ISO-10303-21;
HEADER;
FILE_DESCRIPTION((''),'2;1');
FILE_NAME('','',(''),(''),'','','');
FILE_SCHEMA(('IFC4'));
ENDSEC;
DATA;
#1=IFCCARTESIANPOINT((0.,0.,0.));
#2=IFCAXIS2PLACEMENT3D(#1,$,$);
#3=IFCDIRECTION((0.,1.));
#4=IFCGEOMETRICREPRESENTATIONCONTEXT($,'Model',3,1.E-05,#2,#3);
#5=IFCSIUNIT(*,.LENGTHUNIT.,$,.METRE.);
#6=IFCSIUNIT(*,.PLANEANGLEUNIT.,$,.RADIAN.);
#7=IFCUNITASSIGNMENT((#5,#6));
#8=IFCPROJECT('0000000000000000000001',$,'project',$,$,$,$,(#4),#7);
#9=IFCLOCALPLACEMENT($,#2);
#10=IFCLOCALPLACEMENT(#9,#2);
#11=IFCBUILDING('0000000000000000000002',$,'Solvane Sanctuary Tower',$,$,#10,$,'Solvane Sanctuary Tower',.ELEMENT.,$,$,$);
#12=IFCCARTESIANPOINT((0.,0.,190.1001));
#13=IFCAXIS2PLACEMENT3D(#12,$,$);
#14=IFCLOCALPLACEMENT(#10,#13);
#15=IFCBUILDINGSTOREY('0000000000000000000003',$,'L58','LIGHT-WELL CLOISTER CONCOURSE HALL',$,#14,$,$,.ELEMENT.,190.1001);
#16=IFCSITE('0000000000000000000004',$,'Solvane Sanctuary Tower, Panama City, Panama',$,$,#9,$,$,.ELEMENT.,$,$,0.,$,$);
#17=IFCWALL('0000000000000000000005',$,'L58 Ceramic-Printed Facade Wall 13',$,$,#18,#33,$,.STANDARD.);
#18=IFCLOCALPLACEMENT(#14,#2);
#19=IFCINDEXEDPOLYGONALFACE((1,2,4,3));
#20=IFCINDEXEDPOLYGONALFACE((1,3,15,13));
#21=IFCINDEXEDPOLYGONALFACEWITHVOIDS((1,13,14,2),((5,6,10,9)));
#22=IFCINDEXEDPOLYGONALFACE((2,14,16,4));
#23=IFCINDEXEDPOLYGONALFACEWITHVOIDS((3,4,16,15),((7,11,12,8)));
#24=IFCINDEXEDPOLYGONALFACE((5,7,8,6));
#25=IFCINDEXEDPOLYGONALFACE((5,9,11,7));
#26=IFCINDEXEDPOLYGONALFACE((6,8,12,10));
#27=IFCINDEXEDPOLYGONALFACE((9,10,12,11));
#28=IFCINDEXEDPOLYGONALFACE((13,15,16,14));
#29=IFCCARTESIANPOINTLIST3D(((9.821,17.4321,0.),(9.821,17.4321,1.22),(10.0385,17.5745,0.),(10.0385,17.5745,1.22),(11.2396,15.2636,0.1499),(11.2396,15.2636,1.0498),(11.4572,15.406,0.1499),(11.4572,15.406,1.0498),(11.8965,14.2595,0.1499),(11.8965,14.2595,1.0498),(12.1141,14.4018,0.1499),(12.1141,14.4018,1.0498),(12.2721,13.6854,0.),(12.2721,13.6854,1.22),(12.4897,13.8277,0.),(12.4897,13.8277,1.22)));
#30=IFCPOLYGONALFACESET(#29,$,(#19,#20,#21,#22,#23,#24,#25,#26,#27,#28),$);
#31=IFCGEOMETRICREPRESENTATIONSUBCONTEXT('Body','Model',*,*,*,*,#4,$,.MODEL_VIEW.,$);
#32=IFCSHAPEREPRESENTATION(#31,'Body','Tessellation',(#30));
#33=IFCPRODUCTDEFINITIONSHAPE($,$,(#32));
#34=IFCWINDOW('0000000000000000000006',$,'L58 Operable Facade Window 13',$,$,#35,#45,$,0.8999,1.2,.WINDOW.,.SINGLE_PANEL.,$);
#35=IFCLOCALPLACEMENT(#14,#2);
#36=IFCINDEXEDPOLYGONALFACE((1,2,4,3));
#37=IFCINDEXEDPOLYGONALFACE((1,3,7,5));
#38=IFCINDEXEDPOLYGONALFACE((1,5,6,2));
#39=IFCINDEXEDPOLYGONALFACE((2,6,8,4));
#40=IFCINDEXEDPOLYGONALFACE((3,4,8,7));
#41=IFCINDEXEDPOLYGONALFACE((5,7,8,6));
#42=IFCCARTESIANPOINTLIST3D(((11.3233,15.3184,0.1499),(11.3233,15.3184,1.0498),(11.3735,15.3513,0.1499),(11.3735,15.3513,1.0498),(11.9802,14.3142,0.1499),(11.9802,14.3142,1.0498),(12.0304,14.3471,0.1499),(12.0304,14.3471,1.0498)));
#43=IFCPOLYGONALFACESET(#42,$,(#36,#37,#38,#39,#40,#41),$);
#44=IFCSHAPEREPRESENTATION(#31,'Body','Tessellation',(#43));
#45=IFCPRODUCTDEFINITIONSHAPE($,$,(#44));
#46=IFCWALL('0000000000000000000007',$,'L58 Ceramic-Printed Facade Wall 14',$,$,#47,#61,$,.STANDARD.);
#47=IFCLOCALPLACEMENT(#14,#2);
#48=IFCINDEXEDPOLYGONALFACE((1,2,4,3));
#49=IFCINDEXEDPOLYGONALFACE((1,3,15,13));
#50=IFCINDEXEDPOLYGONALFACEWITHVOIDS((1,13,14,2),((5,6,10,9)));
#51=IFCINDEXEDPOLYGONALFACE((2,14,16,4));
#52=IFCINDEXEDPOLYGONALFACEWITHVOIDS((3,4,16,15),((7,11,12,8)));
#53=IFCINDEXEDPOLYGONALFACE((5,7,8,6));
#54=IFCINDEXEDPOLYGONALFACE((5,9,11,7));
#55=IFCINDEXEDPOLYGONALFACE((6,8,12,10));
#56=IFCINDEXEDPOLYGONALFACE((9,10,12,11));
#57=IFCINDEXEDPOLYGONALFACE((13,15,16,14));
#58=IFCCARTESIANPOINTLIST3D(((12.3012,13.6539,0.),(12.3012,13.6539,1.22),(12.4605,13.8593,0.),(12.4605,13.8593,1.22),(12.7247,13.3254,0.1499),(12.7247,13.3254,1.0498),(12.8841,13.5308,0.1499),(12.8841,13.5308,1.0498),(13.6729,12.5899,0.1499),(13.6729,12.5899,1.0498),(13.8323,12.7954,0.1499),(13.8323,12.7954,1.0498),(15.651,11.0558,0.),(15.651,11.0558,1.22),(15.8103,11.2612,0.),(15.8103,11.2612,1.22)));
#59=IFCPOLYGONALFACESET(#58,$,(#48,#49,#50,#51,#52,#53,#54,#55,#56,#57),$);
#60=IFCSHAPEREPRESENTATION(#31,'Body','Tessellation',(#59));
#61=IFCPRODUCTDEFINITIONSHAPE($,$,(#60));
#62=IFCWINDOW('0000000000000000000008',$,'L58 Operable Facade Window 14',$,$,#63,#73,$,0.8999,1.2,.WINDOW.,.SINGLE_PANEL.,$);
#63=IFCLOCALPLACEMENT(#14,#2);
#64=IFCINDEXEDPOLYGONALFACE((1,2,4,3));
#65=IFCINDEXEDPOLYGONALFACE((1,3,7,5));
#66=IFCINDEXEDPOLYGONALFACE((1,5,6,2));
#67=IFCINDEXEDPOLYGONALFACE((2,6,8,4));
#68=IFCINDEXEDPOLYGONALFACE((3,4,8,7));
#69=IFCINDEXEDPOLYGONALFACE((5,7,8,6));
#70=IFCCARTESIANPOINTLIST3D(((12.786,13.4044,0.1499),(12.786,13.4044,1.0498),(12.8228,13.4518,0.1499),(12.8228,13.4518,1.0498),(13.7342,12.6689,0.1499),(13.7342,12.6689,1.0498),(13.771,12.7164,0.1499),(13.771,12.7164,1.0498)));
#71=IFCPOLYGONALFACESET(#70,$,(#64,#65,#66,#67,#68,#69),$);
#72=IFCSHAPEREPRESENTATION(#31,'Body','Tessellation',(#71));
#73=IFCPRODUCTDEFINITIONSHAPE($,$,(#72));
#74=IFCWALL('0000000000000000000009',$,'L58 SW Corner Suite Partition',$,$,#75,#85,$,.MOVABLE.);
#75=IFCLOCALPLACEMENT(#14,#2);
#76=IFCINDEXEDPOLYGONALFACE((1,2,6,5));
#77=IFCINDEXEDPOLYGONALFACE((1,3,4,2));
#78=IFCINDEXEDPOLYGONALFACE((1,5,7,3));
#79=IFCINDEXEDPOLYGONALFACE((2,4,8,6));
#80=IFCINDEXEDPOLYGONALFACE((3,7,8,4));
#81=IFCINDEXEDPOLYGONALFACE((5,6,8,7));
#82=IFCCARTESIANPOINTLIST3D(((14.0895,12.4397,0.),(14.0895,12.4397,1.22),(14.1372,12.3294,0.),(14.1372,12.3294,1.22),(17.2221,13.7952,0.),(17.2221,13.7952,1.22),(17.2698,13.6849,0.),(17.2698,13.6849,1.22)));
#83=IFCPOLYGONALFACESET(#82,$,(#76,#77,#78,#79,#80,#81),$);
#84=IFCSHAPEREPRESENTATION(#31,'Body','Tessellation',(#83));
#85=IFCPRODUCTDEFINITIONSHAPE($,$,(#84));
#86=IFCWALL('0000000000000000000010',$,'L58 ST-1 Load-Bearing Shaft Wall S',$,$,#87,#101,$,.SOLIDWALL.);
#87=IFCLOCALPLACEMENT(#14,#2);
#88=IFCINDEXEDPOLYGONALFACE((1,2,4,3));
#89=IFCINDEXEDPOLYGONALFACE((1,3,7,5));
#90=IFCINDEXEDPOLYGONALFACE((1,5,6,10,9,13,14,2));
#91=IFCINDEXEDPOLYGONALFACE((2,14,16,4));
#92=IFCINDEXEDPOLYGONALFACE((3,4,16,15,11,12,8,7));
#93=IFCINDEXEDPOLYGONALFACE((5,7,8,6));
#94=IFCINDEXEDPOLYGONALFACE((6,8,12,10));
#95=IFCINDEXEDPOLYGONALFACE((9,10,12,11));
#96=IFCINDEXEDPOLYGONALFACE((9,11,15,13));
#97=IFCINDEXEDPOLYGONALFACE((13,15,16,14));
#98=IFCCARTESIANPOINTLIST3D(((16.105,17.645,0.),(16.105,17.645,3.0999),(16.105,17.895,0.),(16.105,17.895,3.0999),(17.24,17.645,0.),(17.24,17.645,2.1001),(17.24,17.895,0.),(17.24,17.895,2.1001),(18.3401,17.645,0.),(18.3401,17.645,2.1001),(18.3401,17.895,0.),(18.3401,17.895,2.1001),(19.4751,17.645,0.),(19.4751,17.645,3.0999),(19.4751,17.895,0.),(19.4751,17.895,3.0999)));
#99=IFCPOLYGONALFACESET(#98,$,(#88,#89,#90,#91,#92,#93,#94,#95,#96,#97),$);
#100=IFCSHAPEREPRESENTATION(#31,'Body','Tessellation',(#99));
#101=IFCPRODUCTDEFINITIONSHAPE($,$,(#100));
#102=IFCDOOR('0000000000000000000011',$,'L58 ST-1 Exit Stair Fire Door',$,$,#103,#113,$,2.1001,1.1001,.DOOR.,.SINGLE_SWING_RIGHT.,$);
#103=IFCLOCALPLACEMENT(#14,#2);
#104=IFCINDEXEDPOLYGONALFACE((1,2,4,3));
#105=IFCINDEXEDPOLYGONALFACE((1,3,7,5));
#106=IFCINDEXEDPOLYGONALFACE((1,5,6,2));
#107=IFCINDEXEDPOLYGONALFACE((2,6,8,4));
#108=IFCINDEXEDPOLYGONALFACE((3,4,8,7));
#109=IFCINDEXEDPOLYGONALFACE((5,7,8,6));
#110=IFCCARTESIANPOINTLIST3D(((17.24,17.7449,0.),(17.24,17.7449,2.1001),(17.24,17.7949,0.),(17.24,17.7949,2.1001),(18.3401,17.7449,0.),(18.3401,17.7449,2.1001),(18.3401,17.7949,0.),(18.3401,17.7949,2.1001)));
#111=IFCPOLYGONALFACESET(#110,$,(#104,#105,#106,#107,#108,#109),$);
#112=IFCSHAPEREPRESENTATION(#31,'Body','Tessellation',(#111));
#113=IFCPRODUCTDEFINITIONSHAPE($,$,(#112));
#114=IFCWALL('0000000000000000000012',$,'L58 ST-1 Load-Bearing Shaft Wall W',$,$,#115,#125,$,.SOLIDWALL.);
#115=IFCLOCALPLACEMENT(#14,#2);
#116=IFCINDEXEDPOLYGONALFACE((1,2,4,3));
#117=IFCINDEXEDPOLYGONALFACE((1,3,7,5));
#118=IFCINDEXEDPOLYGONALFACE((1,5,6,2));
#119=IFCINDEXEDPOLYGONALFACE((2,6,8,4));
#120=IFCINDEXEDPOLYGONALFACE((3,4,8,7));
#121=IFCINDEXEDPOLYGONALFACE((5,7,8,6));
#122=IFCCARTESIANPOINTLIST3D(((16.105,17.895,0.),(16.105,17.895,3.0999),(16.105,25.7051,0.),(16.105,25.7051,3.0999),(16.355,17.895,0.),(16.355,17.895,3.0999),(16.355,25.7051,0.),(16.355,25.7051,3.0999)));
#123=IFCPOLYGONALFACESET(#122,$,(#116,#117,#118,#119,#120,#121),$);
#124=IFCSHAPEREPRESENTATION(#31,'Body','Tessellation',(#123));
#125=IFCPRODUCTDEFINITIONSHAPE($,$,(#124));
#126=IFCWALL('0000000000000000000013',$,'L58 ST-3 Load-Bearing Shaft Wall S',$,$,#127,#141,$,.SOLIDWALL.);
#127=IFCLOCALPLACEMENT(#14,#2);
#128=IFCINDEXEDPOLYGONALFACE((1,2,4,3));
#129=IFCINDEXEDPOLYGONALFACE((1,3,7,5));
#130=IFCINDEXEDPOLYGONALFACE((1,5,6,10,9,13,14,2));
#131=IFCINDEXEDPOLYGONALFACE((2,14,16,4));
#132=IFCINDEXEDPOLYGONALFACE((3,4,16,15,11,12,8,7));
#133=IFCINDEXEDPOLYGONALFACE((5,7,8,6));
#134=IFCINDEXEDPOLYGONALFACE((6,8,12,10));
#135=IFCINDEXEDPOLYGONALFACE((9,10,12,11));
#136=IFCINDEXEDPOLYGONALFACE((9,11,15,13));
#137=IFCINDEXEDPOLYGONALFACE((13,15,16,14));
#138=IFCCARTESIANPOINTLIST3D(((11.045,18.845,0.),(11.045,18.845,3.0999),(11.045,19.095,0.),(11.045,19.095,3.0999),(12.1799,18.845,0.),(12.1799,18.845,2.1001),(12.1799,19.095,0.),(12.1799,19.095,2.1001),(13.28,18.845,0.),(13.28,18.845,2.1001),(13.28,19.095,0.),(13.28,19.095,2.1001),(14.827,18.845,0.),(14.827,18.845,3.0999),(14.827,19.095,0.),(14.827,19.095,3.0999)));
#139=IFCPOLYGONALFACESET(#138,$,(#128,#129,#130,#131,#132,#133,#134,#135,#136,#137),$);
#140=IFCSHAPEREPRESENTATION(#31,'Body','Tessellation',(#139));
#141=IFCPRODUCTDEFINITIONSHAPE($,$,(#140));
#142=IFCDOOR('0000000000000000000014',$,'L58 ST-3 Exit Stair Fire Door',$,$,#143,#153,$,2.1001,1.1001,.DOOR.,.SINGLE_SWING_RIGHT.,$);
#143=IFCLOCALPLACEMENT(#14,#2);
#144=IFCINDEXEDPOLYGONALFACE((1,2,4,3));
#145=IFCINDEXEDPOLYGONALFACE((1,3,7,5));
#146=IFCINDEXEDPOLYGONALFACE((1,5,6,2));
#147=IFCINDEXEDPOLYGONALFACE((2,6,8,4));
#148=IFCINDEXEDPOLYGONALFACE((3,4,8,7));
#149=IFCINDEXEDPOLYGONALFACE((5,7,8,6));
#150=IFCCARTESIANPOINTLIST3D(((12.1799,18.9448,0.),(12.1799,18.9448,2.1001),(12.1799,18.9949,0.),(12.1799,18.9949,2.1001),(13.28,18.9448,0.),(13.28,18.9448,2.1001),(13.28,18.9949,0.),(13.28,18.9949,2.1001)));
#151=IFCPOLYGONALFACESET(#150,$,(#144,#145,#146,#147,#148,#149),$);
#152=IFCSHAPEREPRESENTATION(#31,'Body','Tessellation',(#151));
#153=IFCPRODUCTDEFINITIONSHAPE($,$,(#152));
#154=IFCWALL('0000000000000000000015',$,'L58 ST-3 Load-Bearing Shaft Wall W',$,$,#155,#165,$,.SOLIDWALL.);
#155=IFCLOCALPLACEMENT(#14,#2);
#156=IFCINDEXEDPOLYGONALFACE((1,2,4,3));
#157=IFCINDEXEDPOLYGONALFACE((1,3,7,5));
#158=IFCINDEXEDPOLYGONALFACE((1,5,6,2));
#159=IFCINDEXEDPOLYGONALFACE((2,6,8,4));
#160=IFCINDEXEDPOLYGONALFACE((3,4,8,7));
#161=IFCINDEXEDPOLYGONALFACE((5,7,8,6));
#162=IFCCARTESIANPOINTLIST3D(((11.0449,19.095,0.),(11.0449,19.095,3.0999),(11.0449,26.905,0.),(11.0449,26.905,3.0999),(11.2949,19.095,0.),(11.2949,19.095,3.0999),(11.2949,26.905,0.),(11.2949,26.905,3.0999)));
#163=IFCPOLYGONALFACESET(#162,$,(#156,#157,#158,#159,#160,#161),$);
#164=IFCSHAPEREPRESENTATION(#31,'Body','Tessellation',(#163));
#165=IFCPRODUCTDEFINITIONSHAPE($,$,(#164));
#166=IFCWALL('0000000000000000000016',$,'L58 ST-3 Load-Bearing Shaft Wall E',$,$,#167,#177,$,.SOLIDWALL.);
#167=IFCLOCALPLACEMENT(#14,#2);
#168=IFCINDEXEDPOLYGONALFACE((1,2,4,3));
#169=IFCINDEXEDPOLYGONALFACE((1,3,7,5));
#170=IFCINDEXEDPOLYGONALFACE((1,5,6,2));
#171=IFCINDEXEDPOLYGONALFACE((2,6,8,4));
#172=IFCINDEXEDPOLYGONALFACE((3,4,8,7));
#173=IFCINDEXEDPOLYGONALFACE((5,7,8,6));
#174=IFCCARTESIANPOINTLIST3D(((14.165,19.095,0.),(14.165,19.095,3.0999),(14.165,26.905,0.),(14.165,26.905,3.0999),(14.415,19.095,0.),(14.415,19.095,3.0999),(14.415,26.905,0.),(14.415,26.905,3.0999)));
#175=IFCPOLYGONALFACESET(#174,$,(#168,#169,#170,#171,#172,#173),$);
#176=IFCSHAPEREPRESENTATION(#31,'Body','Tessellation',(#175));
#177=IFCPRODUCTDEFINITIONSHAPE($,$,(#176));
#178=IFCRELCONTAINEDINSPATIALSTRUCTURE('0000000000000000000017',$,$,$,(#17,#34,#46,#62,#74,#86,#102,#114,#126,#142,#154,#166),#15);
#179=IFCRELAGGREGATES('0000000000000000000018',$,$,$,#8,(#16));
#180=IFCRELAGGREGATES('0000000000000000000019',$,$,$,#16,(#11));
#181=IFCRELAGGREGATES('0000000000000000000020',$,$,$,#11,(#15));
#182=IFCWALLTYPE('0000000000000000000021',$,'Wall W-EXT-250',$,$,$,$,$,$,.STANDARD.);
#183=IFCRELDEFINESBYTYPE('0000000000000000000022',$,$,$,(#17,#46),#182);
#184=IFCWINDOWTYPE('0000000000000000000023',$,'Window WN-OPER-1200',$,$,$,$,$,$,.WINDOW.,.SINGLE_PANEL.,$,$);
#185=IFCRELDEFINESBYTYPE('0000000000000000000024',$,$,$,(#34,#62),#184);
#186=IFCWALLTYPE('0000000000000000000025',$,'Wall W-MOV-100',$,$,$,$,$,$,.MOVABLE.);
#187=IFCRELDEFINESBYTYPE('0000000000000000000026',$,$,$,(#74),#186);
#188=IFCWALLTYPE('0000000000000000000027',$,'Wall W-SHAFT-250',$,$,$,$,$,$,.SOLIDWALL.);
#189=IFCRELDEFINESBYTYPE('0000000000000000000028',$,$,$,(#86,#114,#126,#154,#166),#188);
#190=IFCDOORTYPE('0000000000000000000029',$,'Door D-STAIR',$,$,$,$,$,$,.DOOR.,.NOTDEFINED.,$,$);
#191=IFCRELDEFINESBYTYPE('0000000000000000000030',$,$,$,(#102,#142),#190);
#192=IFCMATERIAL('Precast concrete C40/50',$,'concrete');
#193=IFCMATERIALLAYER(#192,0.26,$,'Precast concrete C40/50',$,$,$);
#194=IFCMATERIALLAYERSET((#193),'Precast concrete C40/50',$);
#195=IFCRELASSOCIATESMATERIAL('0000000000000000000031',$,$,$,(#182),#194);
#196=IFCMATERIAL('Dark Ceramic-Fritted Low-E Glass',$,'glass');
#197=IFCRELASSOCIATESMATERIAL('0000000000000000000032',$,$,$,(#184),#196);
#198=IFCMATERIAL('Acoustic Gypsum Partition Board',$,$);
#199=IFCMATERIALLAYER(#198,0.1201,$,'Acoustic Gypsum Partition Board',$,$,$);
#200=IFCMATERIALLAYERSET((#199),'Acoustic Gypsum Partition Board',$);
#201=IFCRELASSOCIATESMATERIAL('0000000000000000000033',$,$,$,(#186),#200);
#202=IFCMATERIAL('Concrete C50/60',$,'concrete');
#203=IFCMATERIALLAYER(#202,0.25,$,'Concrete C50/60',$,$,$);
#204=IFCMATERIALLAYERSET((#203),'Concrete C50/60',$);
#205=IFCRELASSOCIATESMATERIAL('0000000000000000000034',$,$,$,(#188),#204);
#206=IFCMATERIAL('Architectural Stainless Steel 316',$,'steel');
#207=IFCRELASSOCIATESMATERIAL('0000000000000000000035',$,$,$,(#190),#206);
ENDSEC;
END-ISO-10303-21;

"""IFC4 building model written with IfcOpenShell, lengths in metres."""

from ifc_helpers import new_model, si_unit, direction, frame, frame_2d, origin, place, context, subcontext, project, spatial, rectangle, extrude, material, layer, layer_set, type_object, element, fill, save


model = new_model("IFC4")

# Units and contexts
model_context = context("Model", 3, precision=1e-05, world=origin(), true_north=direction((0.0, 1.0)))
body_context = subcontext(model_context, "Body", "Model", "MODEL_VIEW")
ifc_project = project(units=[si_unit("LENGTHUNIT", "METRE"), si_unit("PLANEANGLEUNIT", "RADIAN")], contexts=[model_context])

# Site, building, storey
site_placement = place(None, origin())
site = spatial("IfcSite", under=ifc_project, at=site_placement, Name="Solvane Sanctuary Tower, Panama City, Panama", CompositionType="ELEMENT", RefElevation=0.0)
building_placement = place(site_placement, origin())
building = spatial("IfcBuilding", under=site, at=building_placement, Name="Solvane Sanctuary Tower", LongName="Solvane Sanctuary Tower", CompositionType="ELEMENT")
storey_placement = place(building_placement, frame((0.0, 0.0, 190.1001)))
storey = spatial("IfcBuildingStorey", under=building, at=storey_placement, Name="L58", Description="LIGHT-WELL CLOISTER CONCOURSE HALL", CompositionType="ELEMENT", Elevation=190.1001)

# Shared definitions
ifc_material_1 = material(Name="Concrete C50/60", Category="concrete")

# Shared definitions
ifc_material_2 = material(Name="Acoustic Gypsum Partition Board")
ifc_material_3 = material(Name="Architectural Stainless Steel 316", Category="steel")

# Walls, openings, windows
ifc_material_4 = material(Name="Precast concrete C40/50", Category="concrete")
ifc_layer_1 = layer(ifc_material_4, 0.26, Name="Precast concrete C40/50")
ifc_layer_set_1 = layer_set([ifc_layer_1], Name="Precast concrete C40/50")
wall_type_1 = type_object("IfcWallType", Name="Wall W-EXT-250", PredefinedType="STANDARD", material=ifc_layer_set_1)
wall_1_placement = place(storey_placement, frame((9.9297, 17.5034, 0.0), z_axis=(0.0, 0.0, 1.0), x_axis=(0.547456, -0.836834, 0.0)))
wall_1 = element("IfcWall", 1, at=wall_1_placement, inside=storey, type_object=wall_type_1, Name="L58 Ceramic-Printed Facade Wall 13", PredefinedType="STANDARD", context=body_context, shape_type="SweptSolid", body=[
    extrude(rectangle(XDim=4.4773, YDim=0.26, at=frame_2d((2.2388, 0.0))), origin(), (0.0, 0.0, 1.0), 1.22),
])
opening_1_placement = place(wall_1_placement, frame((2.5913, 0.0, 0.1499)))
opening_1 = element("IfcOpeningElement", 2, at=opening_1_placement, cuts=wall_1, PredefinedType="OPENING", context=body_context, shape_type="SweptSolid", body=[
    extrude(rectangle(XDim=1.2, YDim=0.8999, at=frame_2d((0.6001, 0.45))), frame((0.0, 0.1399, 0.0), z_axis=(0.0, -1.0, 0.0), x_axis=(1.0, 0.0, 0.0)), (0.0, 0.0, 1.0), 0.28),
])
ifc_material_5 = material(Name="Dark Ceramic-Fritted Low-E Glass", Category="glass")
window_type = type_object("IfcWindowType", Name="Window WN-OPER-1200", PartitioningType="SINGLE_PANEL", PredefinedType="WINDOW", material=ifc_material_5)
window_1_placement = place(opening_1_placement, origin())
window_1 = element("IfcWindow", 3, at=window_1_placement, inside=storey, type_object=window_type, Name="L58 Operable Facade Window 13", OverallHeight=0.8999, OverallWidth=1.2, PartitioningType="SINGLE_PANEL", PredefinedType="WINDOW", context=body_context, shape_type="SweptSolid", body=[
    extrude(rectangle(XDim=1.2, YDim=0.8999, at=frame_2d((0.6001, 0.45))), frame((0.0, 0.03, 0.0), z_axis=(0.0, -1.0, 0.0), x_axis=(1.0, 0.0, 0.0)), (0.0, 0.0, 1.0), 0.0601),
])
fill(opening_1, window_1)
wall_2_placement = place(storey_placement, frame((12.3809, 13.7566, 0.0), z_axis=(0.0, 0.0, 1.0), x_axis=(0.790186, -0.612868, 0.0)))
wall_2 = element("IfcWall", 4, at=wall_2_placement, inside=storey, type_object=wall_type_1, Name="L58 Ceramic-Printed Facade Wall 14", PredefinedType="STANDARD", context=body_context, shape_type="SweptSolid", body=[
    extrude(rectangle(XDim=4.2393, YDim=0.26, at=frame_2d((2.1196, 0.0))), origin(), (0.0, 0.0, 1.0), 1.22),
])
opening_2_placement = place(wall_2_placement, frame((0.5359, 0.0, 0.1499)))
opening_2 = element("IfcOpeningElement", 5, at=opening_2_placement, cuts=wall_2, PredefinedType="OPENING", context=body_context, shape_type="SweptSolid", body=[
    extrude(rectangle(XDim=1.2, YDim=0.8999, at=frame_2d((0.6001, 0.45))), frame((0.0, 0.1399, 0.0), z_axis=(0.0, -1.0, 0.0), x_axis=(1.0, 0.0, 0.0)), (0.0, 0.0, 1.0), 0.28),
])
window_2_placement = place(opening_2_placement, origin())
window_2 = element("IfcWindow", 6, at=window_2_placement, inside=storey, type_object=window_type, Name="L58 Operable Facade Window 14", OverallHeight=0.8999, OverallWidth=1.2, PartitioningType="SINGLE_PANEL", PredefinedType="WINDOW", context=body_context, shape_type="SweptSolid", body=[
    extrude(rectangle(XDim=1.2, YDim=0.8999, at=frame_2d((0.6001, 0.45))), frame((0.0, 0.03, 0.0), z_axis=(0.0, -1.0, 0.0), x_axis=(1.0, 0.0, 0.0)), (0.0, 0.0, 1.0), 0.0601),
])
fill(opening_2, window_2)

# Wall
ifc_layer_2 = layer(ifc_material_2, 0.1201, Name="Acoustic Gypsum Partition Board")
ifc_layer_set_2 = layer_set([ifc_layer_2], Name="Acoustic Gypsum Partition Board")
wall_type_2 = type_object("IfcWallType", Name="Wall W-MOV-100", PredefinedType="MOVABLE", material=ifc_layer_set_2)
wall_3_placement = place(storey_placement, frame((17.2458, 13.74, 0.0), z_axis=(0.0, 0.0, 1.0), x_axis=(-0.917767, -0.39712, 0.0)))
element("IfcWall", 7, at=wall_3_placement, inside=storey, type_object=wall_type_2, Name="L58 SW Corner Suite Partition", PredefinedType="MOVABLE", context=body_context, shape_type="SweptSolid", body=[
    extrude(rectangle(XDim=3.4133, YDim=0.1201, at=frame_2d((1.7065, 0.0))), origin(), (0.0, 0.0, 1.0), 1.22),
])

# Wall, opening, door
ifc_layer_3 = layer(ifc_material_1, 0.25, Name="Concrete C50/60")
ifc_layer_set_3 = layer_set([ifc_layer_3], Name="Concrete C50/60")
wall_type_3 = type_object("IfcWallType", Name="Wall W-SHAFT-250", PredefinedType="SOLIDWALL", material=ifc_layer_set_3)
wall_4_placement = place(storey_placement, frame((16.105, 17.77, 0.0), z_axis=(0.0, 0.0, 1.0), x_axis=(1.0, 0.0, 0.0)))
wall_4 = element("IfcWall", 8, at=wall_4_placement, inside=storey, type_object=wall_type_3, Name="L58 ST-1 Load-Bearing Shaft Wall S", PredefinedType="SOLIDWALL", context=body_context, shape_type="SweptSolid", body=[
    extrude(rectangle(XDim=3.3701, YDim=0.25, at=frame_2d((1.6851, 0.0))), origin(), (0.0, 0.0, 1.0), 3.0999),
])
opening_3_placement = place(wall_4_placement, frame((1.135, 0.0, 0.0)))
opening_3 = element("IfcOpeningElement", 9, at=opening_3_placement, cuts=wall_4, PredefinedType="OPENING", context=body_context, shape_type="SweptSolid", body=[
    extrude(rectangle(XDim=1.1001, YDim=2.1001, at=frame_2d((0.55, 1.05))), frame((0.0, 0.135, 0.0), z_axis=(0.0, -1.0, 0.0), x_axis=(1.0, 0.0, 0.0)), (0.0, 0.0, 1.0), 0.27),
])
door_type_1 = type_object("IfcDoorType", Name="Door D-STAIR", OperationType="NOTDEFINED", PredefinedType="DOOR", material=ifc_material_3)
door_1_placement = place(opening_3_placement, origin())
door_1 = element("IfcDoor", 10, at=door_1_placement, inside=storey, type_object=door_type_1, Name="L58 ST-1 Exit Stair Fire Door", OperationType="SINGLE_SWING_RIGHT", OverallHeight=2.1001, OverallWidth=1.1001, PredefinedType="DOOR", context=body_context, shape_type="SweptSolid", body=[
    extrude(rectangle(XDim=1.1001, YDim=2.1001, at=frame_2d((0.55, 1.05))), frame((0.0, 0.0249, 0.0), z_axis=(0.0, -1.0, 0.0), x_axis=(1.0, 0.0, 0.0)), (0.0, 0.0, 1.0), 0.05),
])
fill(opening_3, door_1)

# Wall
wall_5_placement = place(storey_placement, frame((16.23, 17.895, 0.0), z_axis=(0.0, 0.0, 1.0), x_axis=(0.0, 1.0, 0.0)))
element("IfcWall", 11, at=wall_5_placement, inside=storey, type_object=wall_type_3, Name="L58 ST-1 Load-Bearing Shaft Wall W", PredefinedType="SOLIDWALL", context=body_context, shape_type="SweptSolid", body=[
    extrude(rectangle(XDim=7.8101, YDim=0.25, at=frame_2d((3.905, 0.0))), origin(), (0.0, 0.0, 1.0), 3.0999),
])

# Wall, opening, door
wall_6_placement = place(storey_placement, frame((11.0449, 18.97, 0.0), z_axis=(0.0, 0.0, 1.0), x_axis=(1.0, 0.0, 0.0)))
wall_6 = element("IfcWall", 12, at=wall_6_placement, inside=storey, type_object=wall_type_3, Name="L58 ST-3 Load-Bearing Shaft Wall S", PredefinedType="SOLIDWALL", context=body_context, shape_type="SweptSolid", body=[
    extrude(rectangle(XDim=3.782, YDim=0.25, at=frame_2d((1.8911, 0.0))), origin(), (0.0, 0.0, 1.0), 3.0999),
])
opening_4_placement = place(wall_6_placement, frame((1.135, 0.0, 0.0)))
opening_4 = element("IfcOpeningElement", 13, at=opening_4_placement, cuts=wall_6, PredefinedType="OPENING", context=body_context, shape_type="SweptSolid", body=[
    extrude(rectangle(XDim=1.1001, YDim=2.1001, at=frame_2d((0.55, 1.05))), frame((0.0, 0.135, 0.0), z_axis=(0.0, -1.0, 0.0), x_axis=(1.0, 0.0, 0.0)), (0.0, 0.0, 1.0), 0.27),
])
door_2_placement = place(opening_4_placement, origin())
door_2 = element("IfcDoor", 14, at=door_2_placement, inside=storey, type_object=door_type_1, Name="L58 ST-3 Exit Stair Fire Door", OperationType="SINGLE_SWING_RIGHT", OverallHeight=2.1001, OverallWidth=1.1001, PredefinedType="DOOR", context=body_context, shape_type="SweptSolid", body=[
    extrude(rectangle(XDim=1.1001, YDim=2.1001, at=frame_2d((0.55, 1.05))), frame((0.0, 0.0249, 0.0), z_axis=(0.0, -1.0, 0.0), x_axis=(1.0, 0.0, 0.0)), (0.0, 0.0, 1.0), 0.05),
])
fill(opening_4, door_2)

# Walls
for number, where, z_axis, x_axis, name in (
    (15, (11.1699, 19.095, 0.0), (0.0, 0.0, 1.0), (0.0, 1.0, 0.0), "L58 ST-3 Load-Bearing Shaft Wall W"),
    (16, (14.29, 19.095, 0.0), (0.0, 0.0, 1.0), (0.0, 1.0, 0.0), "L58 ST-3 Load-Bearing Shaft Wall E"),
):
    element("IfcWall", number, at=place(storey_placement, frame(where, z_axis=z_axis, x_axis=x_axis)), inside=storey, type_object=wall_type_3, Name=name, PredefinedType="SOLIDWALL", context=body_context, shape_type="SweptSolid", body=[
        extrude(rectangle(XDim=7.8101, YDim=0.25, at=frame_2d((3.905, 0.0))), origin(), (0.0, 0.0, 1.0), 3.0999),
    ])

save(model, "model.ifc")
